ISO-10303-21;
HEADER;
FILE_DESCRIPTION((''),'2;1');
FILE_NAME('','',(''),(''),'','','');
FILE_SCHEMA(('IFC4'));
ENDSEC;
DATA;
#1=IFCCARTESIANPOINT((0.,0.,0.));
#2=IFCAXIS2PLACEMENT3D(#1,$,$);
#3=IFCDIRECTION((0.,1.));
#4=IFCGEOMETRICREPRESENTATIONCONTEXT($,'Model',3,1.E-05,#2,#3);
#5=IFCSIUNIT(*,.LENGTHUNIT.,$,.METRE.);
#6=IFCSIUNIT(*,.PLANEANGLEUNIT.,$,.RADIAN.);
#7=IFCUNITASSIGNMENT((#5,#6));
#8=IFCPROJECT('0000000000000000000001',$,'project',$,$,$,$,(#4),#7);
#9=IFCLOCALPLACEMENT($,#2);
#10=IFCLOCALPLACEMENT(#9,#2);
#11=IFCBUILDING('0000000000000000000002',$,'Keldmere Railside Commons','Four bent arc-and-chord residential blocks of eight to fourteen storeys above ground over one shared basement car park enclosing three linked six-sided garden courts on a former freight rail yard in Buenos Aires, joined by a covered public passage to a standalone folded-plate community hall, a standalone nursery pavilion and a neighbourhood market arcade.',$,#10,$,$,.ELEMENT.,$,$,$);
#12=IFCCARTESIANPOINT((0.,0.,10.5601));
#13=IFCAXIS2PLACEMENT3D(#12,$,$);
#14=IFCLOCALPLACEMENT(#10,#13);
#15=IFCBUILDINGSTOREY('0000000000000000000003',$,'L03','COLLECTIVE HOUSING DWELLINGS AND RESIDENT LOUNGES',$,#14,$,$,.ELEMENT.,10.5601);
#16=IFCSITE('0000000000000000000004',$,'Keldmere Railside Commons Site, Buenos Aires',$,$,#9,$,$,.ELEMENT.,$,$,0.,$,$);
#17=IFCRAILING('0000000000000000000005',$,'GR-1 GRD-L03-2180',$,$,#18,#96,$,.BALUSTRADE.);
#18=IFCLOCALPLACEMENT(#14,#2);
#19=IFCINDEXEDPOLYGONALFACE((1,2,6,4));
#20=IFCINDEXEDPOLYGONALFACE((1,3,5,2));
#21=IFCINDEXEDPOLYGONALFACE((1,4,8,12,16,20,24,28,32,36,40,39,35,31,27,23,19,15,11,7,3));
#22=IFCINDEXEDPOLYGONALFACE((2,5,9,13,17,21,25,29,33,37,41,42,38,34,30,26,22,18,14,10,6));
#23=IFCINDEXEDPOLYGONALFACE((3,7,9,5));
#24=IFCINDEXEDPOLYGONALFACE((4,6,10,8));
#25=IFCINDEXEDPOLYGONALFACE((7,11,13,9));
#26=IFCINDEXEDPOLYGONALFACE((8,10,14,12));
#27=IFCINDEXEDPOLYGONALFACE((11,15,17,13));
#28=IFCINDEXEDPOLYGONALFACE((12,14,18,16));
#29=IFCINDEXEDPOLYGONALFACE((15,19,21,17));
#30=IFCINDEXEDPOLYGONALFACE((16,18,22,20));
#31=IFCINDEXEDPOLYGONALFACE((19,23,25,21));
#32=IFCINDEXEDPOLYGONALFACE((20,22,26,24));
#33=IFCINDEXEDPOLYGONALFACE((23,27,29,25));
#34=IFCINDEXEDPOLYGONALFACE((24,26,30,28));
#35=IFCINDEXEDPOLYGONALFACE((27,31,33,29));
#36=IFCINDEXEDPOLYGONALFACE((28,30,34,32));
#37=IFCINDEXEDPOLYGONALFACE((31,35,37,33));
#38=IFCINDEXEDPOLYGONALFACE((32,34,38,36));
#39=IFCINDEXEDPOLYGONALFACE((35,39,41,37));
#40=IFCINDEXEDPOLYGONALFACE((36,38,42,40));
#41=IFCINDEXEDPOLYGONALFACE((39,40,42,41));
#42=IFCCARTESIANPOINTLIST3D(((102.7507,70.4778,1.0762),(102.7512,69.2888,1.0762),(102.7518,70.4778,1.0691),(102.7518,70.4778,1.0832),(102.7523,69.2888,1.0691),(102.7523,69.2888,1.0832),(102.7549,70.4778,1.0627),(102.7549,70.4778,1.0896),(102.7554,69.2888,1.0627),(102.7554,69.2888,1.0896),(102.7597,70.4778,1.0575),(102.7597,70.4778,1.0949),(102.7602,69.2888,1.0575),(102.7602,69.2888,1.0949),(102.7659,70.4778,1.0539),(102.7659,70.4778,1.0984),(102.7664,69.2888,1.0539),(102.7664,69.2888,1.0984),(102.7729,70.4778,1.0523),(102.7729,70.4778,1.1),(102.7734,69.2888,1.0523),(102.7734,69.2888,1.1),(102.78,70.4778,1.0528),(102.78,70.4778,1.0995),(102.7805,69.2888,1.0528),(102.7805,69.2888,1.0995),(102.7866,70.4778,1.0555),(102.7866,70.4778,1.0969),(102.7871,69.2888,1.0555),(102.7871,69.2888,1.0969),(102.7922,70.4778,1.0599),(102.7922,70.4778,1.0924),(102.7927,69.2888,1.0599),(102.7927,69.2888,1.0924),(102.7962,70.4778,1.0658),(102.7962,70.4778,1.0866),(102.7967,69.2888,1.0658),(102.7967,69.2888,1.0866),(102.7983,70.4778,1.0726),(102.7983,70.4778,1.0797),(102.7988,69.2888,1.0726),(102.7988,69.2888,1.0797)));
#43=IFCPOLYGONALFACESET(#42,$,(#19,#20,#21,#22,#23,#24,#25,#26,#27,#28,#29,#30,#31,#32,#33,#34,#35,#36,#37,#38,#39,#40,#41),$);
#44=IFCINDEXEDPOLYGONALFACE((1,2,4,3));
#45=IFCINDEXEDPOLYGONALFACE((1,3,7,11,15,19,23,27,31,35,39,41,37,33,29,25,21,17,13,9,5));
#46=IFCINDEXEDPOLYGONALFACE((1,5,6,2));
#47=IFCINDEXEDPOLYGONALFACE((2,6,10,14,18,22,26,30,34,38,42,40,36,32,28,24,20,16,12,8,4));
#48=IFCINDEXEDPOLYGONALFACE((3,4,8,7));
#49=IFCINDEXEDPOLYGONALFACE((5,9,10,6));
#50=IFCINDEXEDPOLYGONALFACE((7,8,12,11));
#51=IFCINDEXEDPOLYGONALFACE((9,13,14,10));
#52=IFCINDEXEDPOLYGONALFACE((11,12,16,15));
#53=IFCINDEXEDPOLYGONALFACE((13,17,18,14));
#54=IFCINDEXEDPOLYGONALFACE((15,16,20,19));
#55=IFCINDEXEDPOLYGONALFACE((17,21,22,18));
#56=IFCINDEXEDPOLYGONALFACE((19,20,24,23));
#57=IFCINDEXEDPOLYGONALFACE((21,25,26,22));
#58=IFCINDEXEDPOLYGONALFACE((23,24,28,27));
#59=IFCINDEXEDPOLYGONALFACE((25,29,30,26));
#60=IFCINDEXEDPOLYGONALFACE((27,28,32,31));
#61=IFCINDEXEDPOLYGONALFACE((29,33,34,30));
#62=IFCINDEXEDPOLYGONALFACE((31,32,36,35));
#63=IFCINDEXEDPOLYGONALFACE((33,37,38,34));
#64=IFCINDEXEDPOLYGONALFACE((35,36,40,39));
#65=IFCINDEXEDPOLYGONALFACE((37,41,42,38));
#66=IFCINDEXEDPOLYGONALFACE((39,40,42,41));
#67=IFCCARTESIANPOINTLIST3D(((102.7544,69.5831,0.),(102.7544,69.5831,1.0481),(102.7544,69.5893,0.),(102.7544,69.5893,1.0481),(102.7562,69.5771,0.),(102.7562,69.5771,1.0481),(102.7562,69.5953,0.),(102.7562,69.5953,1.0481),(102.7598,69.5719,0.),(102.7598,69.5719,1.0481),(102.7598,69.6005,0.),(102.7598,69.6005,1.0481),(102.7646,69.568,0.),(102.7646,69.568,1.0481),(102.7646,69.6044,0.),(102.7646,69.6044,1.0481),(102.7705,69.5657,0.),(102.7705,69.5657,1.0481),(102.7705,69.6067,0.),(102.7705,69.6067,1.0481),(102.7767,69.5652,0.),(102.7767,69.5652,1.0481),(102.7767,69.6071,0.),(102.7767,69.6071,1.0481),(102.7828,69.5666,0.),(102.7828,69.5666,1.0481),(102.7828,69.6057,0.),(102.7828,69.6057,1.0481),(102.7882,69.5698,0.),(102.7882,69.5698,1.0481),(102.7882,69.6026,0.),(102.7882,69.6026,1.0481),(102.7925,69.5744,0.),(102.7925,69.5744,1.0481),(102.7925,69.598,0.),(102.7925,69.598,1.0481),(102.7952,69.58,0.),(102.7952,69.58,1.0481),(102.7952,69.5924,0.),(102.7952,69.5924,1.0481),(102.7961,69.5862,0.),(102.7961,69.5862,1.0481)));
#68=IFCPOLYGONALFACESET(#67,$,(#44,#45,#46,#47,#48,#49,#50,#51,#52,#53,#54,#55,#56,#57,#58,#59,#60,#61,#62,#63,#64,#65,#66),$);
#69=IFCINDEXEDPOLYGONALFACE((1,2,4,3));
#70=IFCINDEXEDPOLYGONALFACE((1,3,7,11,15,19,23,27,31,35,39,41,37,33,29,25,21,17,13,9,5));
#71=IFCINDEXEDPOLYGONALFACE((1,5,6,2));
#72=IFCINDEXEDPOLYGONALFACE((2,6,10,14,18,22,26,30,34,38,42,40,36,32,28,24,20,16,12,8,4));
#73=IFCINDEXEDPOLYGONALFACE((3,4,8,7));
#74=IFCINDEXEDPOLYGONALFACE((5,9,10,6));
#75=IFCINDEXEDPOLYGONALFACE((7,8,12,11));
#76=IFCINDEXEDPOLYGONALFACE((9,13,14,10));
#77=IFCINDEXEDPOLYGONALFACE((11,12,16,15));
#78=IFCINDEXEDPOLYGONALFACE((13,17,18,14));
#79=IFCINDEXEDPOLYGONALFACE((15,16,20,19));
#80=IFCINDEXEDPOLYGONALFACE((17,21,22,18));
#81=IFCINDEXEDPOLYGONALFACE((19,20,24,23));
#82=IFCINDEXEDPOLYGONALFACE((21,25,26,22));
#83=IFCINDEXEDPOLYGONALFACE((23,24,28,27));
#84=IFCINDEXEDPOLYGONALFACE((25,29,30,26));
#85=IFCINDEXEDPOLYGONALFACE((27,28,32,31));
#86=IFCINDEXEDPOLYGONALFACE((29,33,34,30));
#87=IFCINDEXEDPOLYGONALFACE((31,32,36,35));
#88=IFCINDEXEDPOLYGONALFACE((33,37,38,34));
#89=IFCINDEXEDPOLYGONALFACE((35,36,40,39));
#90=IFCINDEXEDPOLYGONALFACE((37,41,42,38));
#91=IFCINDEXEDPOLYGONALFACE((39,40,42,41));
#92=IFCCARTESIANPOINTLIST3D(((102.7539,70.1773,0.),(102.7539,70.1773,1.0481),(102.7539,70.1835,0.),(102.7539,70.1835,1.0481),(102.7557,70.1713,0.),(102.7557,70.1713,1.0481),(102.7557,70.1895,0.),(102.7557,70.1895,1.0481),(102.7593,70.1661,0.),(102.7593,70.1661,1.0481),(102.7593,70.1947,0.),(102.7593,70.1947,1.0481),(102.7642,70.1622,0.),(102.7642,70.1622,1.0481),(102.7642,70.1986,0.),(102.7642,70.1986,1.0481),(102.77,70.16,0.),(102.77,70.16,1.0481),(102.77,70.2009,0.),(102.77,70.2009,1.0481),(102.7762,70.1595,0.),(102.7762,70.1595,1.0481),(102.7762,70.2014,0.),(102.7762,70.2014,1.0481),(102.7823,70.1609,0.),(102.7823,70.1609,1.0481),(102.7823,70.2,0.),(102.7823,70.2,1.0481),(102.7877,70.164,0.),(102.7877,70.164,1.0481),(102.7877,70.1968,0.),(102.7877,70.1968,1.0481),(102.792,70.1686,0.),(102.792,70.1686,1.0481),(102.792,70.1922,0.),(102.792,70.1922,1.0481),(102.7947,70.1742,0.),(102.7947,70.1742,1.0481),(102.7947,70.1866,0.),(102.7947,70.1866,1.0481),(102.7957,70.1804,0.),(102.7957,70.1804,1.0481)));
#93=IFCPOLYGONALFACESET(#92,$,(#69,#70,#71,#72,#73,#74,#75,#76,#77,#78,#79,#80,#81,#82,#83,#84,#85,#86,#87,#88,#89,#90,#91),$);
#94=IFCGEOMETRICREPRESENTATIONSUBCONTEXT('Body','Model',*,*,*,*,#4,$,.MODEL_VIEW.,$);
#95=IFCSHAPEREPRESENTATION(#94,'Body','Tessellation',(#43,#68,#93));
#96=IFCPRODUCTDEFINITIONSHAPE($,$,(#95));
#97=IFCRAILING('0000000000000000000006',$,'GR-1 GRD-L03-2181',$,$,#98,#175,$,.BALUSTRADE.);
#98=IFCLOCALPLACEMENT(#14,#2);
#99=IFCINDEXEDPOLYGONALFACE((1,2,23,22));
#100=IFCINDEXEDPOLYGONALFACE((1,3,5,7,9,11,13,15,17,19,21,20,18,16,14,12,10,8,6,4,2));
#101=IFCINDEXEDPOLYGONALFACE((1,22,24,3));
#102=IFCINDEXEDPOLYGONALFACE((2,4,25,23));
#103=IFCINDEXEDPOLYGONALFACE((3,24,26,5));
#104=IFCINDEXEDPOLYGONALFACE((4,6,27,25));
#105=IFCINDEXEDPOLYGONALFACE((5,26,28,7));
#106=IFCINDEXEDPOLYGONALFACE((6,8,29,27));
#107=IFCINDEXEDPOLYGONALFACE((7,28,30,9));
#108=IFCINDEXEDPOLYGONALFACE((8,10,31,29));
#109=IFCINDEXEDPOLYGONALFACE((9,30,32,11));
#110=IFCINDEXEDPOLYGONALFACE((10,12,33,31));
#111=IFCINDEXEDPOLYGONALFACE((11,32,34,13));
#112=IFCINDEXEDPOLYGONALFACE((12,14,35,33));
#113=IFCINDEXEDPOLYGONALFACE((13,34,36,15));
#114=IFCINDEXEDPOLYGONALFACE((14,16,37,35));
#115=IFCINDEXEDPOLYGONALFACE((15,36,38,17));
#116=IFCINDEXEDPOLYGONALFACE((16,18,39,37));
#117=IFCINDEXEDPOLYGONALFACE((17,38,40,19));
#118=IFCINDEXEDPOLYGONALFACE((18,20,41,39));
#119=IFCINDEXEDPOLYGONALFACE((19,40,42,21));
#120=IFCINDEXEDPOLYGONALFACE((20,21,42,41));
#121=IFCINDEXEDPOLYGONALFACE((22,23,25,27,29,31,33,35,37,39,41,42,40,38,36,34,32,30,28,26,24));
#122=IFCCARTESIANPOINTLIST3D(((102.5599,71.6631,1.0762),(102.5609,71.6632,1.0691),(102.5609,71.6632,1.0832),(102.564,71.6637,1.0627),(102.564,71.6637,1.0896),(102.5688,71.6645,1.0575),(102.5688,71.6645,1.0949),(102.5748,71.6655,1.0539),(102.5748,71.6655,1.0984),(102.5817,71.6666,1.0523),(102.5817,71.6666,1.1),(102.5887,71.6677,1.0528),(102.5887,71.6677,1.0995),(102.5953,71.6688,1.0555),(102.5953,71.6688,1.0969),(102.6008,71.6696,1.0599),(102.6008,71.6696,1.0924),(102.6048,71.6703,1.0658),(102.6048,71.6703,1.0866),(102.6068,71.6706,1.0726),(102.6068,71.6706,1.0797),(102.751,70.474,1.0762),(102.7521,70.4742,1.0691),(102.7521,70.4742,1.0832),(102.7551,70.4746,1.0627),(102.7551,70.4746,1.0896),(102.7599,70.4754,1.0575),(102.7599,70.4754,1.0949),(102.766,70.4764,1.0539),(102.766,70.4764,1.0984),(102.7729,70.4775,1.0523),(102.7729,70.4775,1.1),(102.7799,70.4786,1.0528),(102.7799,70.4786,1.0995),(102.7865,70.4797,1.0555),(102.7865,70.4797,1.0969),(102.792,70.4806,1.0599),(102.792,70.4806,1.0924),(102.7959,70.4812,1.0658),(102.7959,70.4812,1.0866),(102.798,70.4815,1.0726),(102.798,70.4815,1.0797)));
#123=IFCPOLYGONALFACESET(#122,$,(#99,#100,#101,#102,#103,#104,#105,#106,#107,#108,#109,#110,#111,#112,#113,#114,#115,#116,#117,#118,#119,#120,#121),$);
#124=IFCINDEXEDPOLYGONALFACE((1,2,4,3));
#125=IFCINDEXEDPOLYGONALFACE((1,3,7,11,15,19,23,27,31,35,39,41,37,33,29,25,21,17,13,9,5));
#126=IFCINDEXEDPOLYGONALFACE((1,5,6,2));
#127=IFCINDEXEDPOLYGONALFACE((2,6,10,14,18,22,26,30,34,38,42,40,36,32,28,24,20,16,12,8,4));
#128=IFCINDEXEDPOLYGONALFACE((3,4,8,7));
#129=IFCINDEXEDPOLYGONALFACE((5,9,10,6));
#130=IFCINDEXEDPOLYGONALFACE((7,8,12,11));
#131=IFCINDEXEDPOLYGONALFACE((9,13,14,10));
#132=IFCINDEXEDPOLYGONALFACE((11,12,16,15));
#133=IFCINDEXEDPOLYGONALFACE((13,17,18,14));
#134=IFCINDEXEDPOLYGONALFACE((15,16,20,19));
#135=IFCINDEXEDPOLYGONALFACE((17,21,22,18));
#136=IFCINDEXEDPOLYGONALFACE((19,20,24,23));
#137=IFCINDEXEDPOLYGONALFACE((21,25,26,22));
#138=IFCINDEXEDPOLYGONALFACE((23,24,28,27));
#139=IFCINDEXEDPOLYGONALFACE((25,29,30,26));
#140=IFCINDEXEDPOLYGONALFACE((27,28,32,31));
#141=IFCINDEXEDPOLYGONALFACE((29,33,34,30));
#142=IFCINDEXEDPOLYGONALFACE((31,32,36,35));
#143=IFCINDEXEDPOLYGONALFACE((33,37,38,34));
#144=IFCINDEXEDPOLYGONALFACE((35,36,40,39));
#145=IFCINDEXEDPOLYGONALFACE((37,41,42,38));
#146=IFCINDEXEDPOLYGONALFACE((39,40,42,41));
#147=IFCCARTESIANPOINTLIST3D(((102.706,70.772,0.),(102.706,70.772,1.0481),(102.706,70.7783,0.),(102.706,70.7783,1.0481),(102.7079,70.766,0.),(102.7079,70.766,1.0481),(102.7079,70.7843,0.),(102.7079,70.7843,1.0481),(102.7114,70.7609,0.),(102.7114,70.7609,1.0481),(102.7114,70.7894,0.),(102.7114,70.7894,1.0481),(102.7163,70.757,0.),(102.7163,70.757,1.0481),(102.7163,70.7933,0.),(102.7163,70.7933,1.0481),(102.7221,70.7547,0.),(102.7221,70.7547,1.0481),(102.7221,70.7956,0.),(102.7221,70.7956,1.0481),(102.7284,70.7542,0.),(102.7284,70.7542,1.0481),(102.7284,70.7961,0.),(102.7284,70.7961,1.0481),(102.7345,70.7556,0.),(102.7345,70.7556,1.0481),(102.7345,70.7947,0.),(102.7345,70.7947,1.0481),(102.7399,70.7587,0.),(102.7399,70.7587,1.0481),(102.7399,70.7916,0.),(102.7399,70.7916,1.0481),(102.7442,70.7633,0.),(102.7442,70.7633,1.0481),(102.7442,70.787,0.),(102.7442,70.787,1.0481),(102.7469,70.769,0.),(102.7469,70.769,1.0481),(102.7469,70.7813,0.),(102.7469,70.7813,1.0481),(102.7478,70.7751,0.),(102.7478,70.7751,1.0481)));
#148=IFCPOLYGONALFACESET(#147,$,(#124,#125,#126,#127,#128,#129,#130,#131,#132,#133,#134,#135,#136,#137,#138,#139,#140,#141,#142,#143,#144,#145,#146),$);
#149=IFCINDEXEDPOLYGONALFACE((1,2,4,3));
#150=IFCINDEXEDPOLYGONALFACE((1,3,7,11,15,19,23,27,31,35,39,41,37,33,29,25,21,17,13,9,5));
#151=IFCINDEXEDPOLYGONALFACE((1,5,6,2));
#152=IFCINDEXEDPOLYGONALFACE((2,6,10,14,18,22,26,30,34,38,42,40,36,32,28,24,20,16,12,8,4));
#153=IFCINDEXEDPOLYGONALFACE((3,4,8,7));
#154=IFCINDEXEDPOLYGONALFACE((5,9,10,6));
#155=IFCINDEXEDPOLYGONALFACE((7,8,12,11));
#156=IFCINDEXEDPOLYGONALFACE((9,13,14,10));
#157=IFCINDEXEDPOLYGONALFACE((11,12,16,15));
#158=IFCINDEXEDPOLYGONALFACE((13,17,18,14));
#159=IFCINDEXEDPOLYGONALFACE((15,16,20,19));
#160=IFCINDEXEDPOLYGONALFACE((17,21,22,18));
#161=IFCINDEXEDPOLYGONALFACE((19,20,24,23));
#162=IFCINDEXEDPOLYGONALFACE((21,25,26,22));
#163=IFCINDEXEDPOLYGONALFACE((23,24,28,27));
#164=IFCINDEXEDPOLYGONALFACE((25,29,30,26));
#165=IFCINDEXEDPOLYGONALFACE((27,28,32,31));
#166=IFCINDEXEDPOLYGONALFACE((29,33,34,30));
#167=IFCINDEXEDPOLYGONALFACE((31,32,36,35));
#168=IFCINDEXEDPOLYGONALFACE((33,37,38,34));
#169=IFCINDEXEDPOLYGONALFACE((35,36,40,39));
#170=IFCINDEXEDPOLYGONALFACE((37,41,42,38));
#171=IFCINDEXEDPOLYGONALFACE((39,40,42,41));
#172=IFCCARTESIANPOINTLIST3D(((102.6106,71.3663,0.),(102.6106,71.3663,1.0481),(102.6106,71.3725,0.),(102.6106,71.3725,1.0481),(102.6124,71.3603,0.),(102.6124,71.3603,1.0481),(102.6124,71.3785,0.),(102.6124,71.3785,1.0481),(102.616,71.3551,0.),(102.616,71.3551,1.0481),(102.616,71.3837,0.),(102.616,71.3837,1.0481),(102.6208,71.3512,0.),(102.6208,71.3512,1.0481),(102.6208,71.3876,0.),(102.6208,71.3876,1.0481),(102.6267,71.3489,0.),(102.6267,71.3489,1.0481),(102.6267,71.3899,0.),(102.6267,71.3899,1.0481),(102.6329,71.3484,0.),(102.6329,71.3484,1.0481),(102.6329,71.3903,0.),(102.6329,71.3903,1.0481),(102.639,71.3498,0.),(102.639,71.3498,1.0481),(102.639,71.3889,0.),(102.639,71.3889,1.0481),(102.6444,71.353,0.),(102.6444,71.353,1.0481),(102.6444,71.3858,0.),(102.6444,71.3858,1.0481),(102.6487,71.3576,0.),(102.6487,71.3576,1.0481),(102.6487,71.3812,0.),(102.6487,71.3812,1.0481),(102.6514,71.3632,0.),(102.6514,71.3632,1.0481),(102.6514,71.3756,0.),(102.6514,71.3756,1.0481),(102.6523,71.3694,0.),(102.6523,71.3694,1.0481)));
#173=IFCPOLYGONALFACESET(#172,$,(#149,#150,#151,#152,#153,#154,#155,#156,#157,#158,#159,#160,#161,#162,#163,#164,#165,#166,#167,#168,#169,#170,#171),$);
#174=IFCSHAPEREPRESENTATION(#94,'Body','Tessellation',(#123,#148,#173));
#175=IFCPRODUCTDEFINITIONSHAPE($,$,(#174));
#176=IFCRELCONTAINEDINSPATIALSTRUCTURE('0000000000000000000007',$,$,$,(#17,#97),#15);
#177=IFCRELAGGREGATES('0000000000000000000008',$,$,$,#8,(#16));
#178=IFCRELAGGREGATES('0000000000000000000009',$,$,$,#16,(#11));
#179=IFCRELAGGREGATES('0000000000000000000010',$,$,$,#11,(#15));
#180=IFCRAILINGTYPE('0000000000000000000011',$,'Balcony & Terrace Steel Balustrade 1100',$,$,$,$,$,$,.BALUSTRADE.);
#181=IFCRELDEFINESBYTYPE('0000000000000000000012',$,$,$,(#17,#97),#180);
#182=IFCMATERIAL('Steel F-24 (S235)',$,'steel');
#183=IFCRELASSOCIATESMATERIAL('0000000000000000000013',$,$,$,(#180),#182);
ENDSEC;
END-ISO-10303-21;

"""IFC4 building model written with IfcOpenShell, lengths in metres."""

from ifc_helpers import new_model, si_unit, direction, frame, origin, origin_2d, place, context, subcontext, project, spatial, circle, extrude, material, type_object, element, save


model = new_model("IFC4")

# Units and contexts
model_context = context("Model", 3, precision=1e-05, world=origin(), true_north=direction((0.0, 1.0)))
body_context = subcontext(model_context, "Body", "Model", "MODEL_VIEW")
ifc_project = project(units=[si_unit("LENGTHUNIT", "METRE"), si_unit("PLANEANGLEUNIT", "RADIAN")], contexts=[model_context])

# Site, building, storey
site_placement = place(None, origin())
site = spatial("IfcSite", under=ifc_project, at=site_placement, Name="Keldmere Railside Commons Site, Buenos Aires", CompositionType="ELEMENT", RefElevation=0.0)
building_placement = place(site_placement, origin())
building = spatial("IfcBuilding", under=site, at=building_placement, Name="Keldmere Railside Commons", Description="Four bent arc-and-chord residential blocks of eight to fourteen storeys above ground over one shared basement car park enclosing three linked six-sided garden courts on a former freight rail yard in Buenos Aires, joined by a covered public passage to a standalone folded-plate community hall, a standalone nursery pavilion and a neighbourhood market arcade.", CompositionType="ELEMENT")
storey_placement = place(building_placement, frame((0.0, 0.0, 10.5601)))
storey = spatial("IfcBuildingStorey", under=building, at=storey_placement, Name="L03", Description="COLLECTIVE HOUSING DWELLINGS AND RESIDENT LOUNGES", CompositionType="ELEMENT", Elevation=10.5601)

# Railings
ifc_material_1 = material(Name="Steel F-24 (S235)", Category="steel")
railing_type_1 = type_object("IfcRailingType", Name="Balcony & Terrace Steel Balustrade 1100", PredefinedType="BALUSTRADE", material=ifc_material_1)
railing_1_placement = place(storey_placement, frame((102.7751, 69.2888, 0.0)))
element("IfcRailing", 1, at=railing_1_placement, inside=storey, type_object=railing_type_1, Name="GR-1 GRD-L03-2180", PredefinedType="BALUSTRADE", context=body_context, shape_type="SweptSolid", body=[
    extrude(circle(Radius=0.0239, at=origin_2d()), frame((0.0, 0.0, 1.0762), z_axis=(-0.000411, 1.0, 0.0), x_axis=(-1.0, -0.000411, 0.0)), (0.0, 0.0, 1.0), 1.189),
    extrude(circle(Radius=0.021, at=origin_2d()), frame((0.0, 0.2974, 0.0)), (0.0, 0.0, 1.0), 1.0481),
    extrude(circle(Radius=0.021, at=origin_2d()), frame((-0.0005, 0.8916, 0.0)), (0.0, 0.0, 1.0), 1.0481),
])
railing_2_placement = place(storey_placement, frame((102.7747, 70.4778, 0.0)))
element("IfcRailing", 2, at=railing_2_placement, inside=storey, type_object=railing_type_1, Name="GR-1 GRD-L03-2181", PredefinedType="BALUSTRADE", context=body_context, shape_type="SweptSolid", body=[
    extrude(circle(Radius=0.0239, at=origin_2d()), frame((0.0, 0.0, 1.0762), z_axis=(-0.158742, 0.98732, 0.0), x_axis=(-0.98732, -0.158742, 0.0)), (0.0, 0.0, 1.0), 1.2043),
    extrude(circle(Radius=0.021, at=origin_2d()), frame((-0.0479, 0.2974, 0.0)), (0.0, 0.0, 1.0), 1.0481),
    extrude(circle(Radius=0.021, at=origin_2d()), frame((-0.1433, 0.8916, 0.0)), (0.0, 0.0, 1.0), 1.0481),
])

save(model, "model.ifc")
